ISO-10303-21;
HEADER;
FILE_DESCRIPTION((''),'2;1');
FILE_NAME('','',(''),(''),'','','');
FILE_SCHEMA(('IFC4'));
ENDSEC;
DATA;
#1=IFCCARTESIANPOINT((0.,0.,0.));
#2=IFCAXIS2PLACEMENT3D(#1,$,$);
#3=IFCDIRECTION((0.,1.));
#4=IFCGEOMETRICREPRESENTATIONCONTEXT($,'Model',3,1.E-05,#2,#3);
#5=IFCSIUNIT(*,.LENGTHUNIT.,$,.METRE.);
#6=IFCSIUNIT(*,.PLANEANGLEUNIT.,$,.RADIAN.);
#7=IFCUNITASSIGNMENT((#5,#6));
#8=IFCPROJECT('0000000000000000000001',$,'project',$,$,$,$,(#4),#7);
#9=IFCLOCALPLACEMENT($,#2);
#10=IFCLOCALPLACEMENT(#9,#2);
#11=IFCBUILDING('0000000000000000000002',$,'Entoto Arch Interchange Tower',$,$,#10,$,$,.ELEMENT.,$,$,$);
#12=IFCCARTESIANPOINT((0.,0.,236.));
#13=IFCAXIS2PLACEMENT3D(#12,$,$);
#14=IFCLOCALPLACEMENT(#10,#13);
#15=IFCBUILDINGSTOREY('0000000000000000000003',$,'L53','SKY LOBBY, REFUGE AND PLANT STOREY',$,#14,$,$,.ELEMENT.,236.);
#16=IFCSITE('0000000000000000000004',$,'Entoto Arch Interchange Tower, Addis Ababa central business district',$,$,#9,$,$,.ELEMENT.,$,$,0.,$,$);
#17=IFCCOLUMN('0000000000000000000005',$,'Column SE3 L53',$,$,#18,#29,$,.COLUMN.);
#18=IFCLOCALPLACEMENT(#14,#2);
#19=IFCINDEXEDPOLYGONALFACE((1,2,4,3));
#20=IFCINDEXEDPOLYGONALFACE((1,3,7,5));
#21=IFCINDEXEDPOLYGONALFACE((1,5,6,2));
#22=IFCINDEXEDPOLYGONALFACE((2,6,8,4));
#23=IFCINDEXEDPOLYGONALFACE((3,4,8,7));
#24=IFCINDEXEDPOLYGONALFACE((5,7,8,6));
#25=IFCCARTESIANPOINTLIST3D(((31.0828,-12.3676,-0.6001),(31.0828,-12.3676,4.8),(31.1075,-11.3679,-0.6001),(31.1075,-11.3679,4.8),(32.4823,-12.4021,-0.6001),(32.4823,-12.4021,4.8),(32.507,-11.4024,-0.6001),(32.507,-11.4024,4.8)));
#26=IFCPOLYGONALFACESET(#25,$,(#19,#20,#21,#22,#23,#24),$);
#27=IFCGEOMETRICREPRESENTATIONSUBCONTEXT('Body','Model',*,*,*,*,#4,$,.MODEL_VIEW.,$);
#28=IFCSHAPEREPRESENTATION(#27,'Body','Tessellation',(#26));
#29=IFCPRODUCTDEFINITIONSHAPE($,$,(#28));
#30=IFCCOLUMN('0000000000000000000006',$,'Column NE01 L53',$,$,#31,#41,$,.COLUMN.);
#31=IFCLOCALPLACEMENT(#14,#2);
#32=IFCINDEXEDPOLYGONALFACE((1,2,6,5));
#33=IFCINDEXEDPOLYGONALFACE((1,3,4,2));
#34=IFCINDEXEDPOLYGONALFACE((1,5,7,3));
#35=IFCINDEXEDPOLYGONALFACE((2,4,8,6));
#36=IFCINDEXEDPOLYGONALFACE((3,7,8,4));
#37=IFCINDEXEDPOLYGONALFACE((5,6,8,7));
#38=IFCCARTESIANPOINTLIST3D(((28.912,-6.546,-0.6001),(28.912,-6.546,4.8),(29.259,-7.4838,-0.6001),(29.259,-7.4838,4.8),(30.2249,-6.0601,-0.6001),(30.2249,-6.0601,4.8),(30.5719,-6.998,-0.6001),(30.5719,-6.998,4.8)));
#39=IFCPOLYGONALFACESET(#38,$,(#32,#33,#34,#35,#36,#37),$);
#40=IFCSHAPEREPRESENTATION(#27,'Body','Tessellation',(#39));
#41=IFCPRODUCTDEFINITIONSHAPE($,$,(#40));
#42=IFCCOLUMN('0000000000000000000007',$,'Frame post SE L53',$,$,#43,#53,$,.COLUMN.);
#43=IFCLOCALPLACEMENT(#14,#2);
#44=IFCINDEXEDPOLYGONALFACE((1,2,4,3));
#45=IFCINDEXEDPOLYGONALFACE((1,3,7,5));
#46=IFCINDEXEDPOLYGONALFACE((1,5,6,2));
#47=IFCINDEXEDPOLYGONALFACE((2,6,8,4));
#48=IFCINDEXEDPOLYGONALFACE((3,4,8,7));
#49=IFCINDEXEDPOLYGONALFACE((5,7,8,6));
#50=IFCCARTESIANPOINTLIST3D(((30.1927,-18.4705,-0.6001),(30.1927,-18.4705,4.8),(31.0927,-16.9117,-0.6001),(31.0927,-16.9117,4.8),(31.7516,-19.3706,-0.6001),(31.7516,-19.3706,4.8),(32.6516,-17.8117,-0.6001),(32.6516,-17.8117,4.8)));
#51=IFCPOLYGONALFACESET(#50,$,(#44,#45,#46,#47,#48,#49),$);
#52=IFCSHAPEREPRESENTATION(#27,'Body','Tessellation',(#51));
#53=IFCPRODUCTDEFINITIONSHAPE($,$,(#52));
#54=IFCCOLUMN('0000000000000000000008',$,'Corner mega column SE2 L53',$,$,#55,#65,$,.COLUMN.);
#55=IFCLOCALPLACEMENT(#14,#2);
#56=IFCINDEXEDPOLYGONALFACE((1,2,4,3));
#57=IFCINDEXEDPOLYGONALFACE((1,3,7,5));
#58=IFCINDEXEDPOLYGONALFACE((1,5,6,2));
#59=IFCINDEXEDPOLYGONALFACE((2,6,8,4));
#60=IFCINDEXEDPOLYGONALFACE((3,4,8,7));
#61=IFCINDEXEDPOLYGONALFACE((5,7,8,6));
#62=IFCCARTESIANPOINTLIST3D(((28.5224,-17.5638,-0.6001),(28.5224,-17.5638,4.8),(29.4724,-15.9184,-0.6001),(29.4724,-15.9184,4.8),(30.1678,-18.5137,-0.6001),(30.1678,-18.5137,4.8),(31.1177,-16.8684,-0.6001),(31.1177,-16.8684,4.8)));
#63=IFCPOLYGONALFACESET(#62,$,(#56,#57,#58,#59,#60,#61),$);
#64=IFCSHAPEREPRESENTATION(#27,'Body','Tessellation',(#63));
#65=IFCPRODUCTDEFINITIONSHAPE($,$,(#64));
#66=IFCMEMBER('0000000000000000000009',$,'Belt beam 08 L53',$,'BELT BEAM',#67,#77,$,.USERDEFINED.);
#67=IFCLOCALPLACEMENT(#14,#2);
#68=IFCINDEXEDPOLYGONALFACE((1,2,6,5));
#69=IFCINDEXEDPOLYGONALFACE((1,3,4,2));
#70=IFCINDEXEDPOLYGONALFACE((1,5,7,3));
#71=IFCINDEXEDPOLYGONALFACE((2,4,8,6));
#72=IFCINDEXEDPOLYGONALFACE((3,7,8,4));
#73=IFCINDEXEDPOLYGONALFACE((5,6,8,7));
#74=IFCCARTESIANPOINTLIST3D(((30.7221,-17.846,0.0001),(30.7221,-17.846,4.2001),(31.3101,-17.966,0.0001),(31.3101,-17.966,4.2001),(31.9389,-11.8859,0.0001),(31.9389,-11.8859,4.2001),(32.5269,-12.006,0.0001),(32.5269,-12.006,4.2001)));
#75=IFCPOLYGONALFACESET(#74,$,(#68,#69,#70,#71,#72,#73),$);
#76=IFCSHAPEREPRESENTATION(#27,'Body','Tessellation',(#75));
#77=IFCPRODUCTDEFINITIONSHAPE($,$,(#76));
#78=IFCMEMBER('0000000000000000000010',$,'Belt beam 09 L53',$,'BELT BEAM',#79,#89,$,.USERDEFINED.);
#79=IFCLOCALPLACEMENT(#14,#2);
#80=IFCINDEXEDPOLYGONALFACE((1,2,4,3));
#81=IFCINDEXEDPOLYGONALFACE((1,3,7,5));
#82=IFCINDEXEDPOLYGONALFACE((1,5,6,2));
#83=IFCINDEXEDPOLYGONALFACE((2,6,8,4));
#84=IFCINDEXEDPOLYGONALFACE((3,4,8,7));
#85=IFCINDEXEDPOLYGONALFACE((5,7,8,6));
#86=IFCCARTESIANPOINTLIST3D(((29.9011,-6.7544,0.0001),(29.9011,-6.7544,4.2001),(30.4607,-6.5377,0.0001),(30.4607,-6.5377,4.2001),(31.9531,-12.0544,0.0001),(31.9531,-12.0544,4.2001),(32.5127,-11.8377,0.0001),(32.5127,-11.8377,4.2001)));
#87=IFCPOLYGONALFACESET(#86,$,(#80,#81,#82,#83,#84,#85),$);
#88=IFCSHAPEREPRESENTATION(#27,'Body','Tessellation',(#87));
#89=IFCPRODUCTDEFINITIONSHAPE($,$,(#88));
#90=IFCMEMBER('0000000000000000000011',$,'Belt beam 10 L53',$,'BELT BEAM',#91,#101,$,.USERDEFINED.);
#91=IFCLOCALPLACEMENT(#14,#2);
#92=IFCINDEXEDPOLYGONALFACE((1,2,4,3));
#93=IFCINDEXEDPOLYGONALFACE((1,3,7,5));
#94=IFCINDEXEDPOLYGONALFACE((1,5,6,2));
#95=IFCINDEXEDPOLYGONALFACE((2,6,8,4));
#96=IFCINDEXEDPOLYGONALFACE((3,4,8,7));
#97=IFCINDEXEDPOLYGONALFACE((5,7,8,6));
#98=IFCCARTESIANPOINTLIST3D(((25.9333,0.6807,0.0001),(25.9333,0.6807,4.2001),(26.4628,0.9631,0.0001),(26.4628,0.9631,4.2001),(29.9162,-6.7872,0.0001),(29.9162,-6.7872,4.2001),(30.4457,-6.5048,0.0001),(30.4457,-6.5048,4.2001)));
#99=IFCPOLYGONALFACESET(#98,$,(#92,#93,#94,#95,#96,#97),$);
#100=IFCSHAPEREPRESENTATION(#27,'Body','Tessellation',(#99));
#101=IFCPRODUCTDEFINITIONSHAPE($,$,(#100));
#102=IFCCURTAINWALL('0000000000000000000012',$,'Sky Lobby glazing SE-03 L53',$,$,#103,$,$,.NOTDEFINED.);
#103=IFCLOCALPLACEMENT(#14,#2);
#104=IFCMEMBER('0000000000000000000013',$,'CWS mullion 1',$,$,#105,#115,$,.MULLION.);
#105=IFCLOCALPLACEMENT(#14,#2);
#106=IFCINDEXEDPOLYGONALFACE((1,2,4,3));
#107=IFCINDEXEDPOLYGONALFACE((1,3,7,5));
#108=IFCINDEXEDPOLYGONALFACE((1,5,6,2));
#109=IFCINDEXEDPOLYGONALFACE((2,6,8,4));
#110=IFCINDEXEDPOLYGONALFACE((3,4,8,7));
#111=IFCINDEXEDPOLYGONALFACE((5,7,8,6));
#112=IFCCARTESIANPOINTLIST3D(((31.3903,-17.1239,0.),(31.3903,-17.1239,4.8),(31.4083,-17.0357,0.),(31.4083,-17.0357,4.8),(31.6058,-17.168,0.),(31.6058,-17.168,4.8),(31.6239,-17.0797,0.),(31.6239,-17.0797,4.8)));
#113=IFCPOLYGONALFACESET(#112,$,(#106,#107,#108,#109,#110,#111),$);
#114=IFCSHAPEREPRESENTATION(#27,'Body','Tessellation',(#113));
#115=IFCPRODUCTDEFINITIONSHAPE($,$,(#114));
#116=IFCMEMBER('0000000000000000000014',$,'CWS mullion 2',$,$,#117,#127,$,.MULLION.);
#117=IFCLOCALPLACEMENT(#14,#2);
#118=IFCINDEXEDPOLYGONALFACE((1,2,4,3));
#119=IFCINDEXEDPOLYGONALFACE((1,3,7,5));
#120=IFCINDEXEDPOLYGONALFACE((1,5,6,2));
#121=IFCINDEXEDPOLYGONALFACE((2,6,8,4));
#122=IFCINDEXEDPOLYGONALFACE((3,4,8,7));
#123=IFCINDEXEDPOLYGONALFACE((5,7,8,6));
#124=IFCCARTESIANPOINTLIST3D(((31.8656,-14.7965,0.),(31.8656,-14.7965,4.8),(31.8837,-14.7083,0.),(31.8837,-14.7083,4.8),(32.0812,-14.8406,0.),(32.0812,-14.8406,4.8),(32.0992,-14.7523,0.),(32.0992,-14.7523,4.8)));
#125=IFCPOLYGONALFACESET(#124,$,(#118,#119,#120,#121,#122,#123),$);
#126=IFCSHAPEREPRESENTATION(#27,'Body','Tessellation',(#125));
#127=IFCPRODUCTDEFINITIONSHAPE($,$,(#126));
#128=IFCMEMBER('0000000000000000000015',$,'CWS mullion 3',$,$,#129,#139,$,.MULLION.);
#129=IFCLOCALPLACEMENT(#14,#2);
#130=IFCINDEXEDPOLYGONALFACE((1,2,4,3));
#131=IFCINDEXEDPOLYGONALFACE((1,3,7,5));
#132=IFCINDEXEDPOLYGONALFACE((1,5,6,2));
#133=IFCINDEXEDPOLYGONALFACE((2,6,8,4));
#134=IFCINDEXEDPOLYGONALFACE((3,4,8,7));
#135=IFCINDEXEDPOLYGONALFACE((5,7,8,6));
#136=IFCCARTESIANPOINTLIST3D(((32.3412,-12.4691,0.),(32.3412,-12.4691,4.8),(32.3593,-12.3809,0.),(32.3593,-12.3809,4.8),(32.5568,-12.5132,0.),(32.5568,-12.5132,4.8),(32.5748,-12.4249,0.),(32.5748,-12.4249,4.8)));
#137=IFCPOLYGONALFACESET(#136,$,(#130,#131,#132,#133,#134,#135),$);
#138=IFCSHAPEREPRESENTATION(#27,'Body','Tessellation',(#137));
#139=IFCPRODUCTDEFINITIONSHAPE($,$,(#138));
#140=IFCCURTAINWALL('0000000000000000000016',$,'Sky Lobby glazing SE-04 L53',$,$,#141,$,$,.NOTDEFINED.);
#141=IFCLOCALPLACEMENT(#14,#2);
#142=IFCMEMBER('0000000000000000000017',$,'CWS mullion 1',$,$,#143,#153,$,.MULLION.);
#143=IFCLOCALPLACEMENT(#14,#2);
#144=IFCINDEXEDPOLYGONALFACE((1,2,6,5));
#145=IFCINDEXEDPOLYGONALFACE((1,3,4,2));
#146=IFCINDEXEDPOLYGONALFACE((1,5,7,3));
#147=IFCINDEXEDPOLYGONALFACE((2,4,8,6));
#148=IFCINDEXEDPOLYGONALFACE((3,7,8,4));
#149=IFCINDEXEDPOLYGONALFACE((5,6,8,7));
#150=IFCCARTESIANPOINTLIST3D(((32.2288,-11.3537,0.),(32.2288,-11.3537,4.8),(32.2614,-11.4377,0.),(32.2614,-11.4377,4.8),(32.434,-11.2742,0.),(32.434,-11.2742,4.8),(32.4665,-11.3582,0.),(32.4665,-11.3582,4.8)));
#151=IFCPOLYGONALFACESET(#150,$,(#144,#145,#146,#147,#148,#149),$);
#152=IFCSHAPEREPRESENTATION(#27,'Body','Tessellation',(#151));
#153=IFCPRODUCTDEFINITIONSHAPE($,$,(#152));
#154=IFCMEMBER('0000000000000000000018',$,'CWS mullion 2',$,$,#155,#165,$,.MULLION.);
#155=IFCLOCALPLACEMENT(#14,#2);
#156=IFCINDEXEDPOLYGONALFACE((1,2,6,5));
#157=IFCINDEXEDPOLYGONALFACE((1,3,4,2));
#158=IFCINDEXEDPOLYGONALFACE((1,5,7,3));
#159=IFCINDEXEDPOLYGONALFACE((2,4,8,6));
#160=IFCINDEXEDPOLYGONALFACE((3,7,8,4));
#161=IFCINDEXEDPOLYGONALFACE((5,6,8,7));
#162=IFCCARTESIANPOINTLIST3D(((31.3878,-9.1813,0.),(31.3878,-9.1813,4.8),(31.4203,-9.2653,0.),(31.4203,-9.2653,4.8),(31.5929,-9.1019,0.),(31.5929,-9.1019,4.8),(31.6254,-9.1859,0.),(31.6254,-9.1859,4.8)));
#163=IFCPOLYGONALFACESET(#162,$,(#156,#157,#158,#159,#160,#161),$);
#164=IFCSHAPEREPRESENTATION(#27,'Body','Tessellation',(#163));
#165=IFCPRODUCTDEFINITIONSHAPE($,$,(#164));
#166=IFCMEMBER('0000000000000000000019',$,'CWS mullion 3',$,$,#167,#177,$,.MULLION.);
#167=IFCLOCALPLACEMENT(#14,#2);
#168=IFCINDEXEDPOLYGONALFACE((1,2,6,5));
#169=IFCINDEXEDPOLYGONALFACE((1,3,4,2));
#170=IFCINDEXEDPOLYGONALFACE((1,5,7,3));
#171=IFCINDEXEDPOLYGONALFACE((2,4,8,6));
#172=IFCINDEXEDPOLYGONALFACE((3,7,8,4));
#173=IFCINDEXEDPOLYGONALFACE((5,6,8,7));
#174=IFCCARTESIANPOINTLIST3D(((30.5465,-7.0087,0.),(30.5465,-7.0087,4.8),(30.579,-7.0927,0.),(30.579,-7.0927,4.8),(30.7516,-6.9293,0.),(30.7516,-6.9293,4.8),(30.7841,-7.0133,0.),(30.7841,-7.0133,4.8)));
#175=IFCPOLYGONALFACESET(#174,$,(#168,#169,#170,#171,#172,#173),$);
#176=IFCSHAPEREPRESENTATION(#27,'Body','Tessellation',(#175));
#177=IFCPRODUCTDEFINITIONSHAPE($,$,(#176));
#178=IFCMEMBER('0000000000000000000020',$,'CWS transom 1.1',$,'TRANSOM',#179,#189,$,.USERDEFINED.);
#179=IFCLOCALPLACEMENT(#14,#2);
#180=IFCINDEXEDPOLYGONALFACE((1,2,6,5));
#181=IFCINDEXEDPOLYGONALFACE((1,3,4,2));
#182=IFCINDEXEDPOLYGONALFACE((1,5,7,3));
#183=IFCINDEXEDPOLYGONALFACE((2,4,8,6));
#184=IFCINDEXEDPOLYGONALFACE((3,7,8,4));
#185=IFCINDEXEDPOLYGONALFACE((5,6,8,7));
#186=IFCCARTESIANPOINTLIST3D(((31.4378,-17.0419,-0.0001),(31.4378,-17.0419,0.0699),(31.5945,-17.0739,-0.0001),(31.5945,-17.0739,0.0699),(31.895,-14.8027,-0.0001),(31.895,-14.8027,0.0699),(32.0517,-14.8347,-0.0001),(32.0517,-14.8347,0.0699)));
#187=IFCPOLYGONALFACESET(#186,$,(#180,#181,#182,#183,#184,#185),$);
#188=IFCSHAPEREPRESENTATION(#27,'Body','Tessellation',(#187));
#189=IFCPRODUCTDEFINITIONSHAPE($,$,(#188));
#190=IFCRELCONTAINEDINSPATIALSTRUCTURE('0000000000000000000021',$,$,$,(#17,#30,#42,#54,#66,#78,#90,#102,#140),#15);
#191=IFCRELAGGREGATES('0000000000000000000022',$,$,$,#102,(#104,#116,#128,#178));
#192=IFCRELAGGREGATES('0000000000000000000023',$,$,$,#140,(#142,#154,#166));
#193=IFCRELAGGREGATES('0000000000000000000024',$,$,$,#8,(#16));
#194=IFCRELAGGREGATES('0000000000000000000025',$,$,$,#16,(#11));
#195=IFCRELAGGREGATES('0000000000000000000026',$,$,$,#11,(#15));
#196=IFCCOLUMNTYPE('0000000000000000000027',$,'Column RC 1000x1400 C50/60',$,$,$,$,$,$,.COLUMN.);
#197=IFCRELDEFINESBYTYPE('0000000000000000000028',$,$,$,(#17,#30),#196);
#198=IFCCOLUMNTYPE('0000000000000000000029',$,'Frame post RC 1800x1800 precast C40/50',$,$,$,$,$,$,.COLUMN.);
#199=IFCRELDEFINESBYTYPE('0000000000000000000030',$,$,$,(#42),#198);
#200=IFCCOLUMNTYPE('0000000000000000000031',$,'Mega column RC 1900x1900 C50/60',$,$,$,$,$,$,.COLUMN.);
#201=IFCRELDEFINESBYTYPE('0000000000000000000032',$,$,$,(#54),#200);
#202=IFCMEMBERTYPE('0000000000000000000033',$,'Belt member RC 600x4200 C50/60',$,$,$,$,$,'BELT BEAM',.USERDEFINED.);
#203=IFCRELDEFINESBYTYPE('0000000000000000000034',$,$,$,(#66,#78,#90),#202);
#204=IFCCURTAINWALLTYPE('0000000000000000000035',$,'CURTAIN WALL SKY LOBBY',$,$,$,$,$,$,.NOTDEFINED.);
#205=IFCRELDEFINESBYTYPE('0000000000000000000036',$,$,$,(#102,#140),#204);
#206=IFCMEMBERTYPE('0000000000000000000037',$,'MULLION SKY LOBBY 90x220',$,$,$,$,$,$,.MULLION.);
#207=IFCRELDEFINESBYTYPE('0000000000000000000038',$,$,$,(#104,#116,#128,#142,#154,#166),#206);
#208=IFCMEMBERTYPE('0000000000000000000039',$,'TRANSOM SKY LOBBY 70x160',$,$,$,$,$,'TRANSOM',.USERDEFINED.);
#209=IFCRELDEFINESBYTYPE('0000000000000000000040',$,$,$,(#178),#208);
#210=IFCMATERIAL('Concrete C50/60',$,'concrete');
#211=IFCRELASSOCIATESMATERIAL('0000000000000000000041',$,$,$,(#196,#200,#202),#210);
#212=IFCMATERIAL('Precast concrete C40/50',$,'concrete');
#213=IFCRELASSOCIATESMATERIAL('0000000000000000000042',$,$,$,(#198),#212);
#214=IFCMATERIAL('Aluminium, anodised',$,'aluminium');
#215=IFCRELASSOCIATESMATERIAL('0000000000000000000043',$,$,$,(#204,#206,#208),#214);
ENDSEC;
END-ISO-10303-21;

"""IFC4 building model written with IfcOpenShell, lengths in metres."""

from ifc_helpers import new_model, si_unit, direction, frame, origin, origin_2d, place, context, subcontext, project, spatial, rectangle, extrude, material, material_profile, profile_set, type_object, element, aggregate, save


model = new_model("IFC4")

# Units and contexts
model_context = context("Model", 3, precision=1e-05, world=origin(), true_north=direction((0.0, 1.0)))
body_context = subcontext(model_context, "Body", "Model", "MODEL_VIEW")
ifc_project = project(units=[si_unit("LENGTHUNIT", "METRE"), si_unit("PLANEANGLEUNIT", "RADIAN")], contexts=[model_context])

# Site, building, storey
site_placement = place(None, origin())
site = spatial("IfcSite", under=ifc_project, at=site_placement, Name="Entoto Arch Interchange Tower, Addis Ababa central business district", CompositionType="ELEMENT", RefElevation=0.0)
building_placement = place(site_placement, origin())
building = spatial("IfcBuilding", under=site, at=building_placement, Name="Entoto Arch Interchange Tower", CompositionType="ELEMENT")
storey_placement = place(building_placement, frame((0.0, 0.0, 236.0)))
storey = spatial("IfcBuildingStorey", under=building, at=storey_placement, Name="L53", Description="SKY LOBBY, REFUGE AND PLANT STOREY", CompositionType="ELEMENT", Elevation=236.0)

# Columns
ifc_material_1 = material(Name="Concrete C50/60", Category="concrete")
ifc_material_profile_1 = material_profile(ifc_material_1, rectangle(XDim=1.0, YDim=1.3999, at=origin_2d()))
ifc_profile_set_1 = profile_set([ifc_material_profile_1], Name="Concrete C50/60")
column_type_1 = type_object("IfcColumnType", Name="Column RC 1000x1400 C50/60", PredefinedType="COLUMN", material=ifc_profile_set_1)
for number, where, z_axis, x_axis, name in (
    (1, (31.7949, -11.885, -0.6001), (0.0, 0.0, 1.0), (0.024676, 0.999695, 0.0), "Column SE3 L53"),
    (2, (29.7419, -6.772, -0.6001), (0.0, 0.0, 1.0), (-0.347067, 0.93784, 0.0), "Column NE01 L53"),
):
    element("IfcColumn", number, at=place(storey_placement, frame(where, z_axis=z_axis, x_axis=x_axis)), inside=storey, type_object=column_type_1, Name=name, PredefinedType="COLUMN", context=body_context, shape_type="SweptSolid", body=[
        extrude(rectangle(XDim=1.0, YDim=1.3999, at=origin_2d()), origin(), (0.0, 0.0, 1.0), 5.4001),
    ])
ifc_material_2 = material(Name="Precast concrete C40/50", Category="concrete")
ifc_material_profile_2 = material_profile(ifc_material_2, rectangle(XDim=1.8, YDim=1.8, at=origin_2d()))
ifc_profile_set_2 = profile_set([ifc_material_profile_2], Name="Precast concrete C40/50")
column_type_2 = type_object("IfcColumnType", Name="Frame post RC 1800x1800 precast C40/50", PredefinedType="COLUMN", material=ifc_profile_set_2)
column_1_placement = place(storey_placement, frame((31.4221, -18.1411, -0.6001), z_axis=(0.0, 0.0, 1.0), x_axis=(-0.866025, 0.5, 0.0)))
element("IfcColumn", 3, at=column_1_placement, inside=storey, type_object=column_type_2, Name="Frame post SE L53", PredefinedType="COLUMN", context=body_context, shape_type="SweptSolid", body=[
    extrude(rectangle(XDim=1.8, YDim=1.8, at=origin_2d()), origin(), (0.0, 0.0, 1.0), 5.4001),
])
ifc_material_profile_3 = material_profile(ifc_material_1, rectangle(XDim=1.8999, YDim=1.8999, at=origin_2d()))
ifc_profile_set_3 = profile_set([ifc_material_profile_3], Name="Concrete C50/60")
column_type_3 = type_object("IfcColumnType", Name="Mega column RC 1900x1900 C50/60", PredefinedType="COLUMN", material=ifc_profile_set_3)
column_2_placement = place(storey_placement, frame((29.8201, -17.2161, -0.6001), z_axis=(0.0, 0.0, 1.0), x_axis=(-0.866025, 0.5, 0.0)))
element("IfcColumn", 4, at=column_2_placement, inside=storey, type_object=column_type_3, Name="Corner mega column SE2 L53", PredefinedType="COLUMN", context=body_context, shape_type="SweptSolid", body=[
    extrude(rectangle(XDim=1.8999, YDim=1.8999, at=origin_2d()), origin(), (0.0, 0.0, 1.0), 5.4001),
])

# Members
ifc_material_profile_4 = material_profile(ifc_material_1, rectangle(XDim=0.6001, YDim=4.2, at=origin_2d()))
ifc_profile_set_4 = profile_set([ifc_material_profile_4], Name="Concrete C50/60")
member_type_1 = type_object("IfcMemberType", Name="Belt member RC 600x4200 C50/60", ElementType="BELT BEAM", PredefinedType="USERDEFINED", material=ifc_profile_set_4)
member_1_placement = place(storey_placement, frame((31.0161, -17.906, 2.1001), z_axis=(0.200036, 0.979789, 0.0), x_axis=(-0.979789, 0.200036, 0.0)))
element("IfcMember", 5, at=member_1_placement, inside=storey, type_object=member_type_1, Name="Belt beam 08 L53", ObjectType="BELT BEAM", PredefinedType="USERDEFINED", context=body_context, shape_type="SweptSolid", body=[
    extrude(rectangle(XDim=0.6001, YDim=4.2, at=origin_2d()), origin(), (0.0, 0.0, 1.0), 6.083),
])
member_2_placement = place(storey_placement, frame((32.2329, -11.946, 2.1001), z_axis=(-0.361051, 0.932546, 0.0), x_axis=(-0.932546, -0.361051, 0.0)))
element("IfcMember", 6, at=member_2_placement, inside=storey, type_object=member_type_1, Name="Belt beam 09 L53", ObjectType="BELT BEAM", PredefinedType="USERDEFINED", context=body_context, shape_type="SweptSolid", body=[
    extrude(rectangle(XDim=0.6001, YDim=4.2, at=origin_2d()), origin(), (0.0, 0.0, 1.0), 5.6833),
])
member_3_placement = place(storey_placement, frame((30.1809, -6.646, 2.1001), z_axis=(-0.470585, 0.882355, 0.0), x_axis=(-0.882355, -0.470585, 0.0)))
element("IfcMember", 7, at=member_3_placement, inside=storey, type_object=member_type_1, Name="Belt beam 10 L53", ObjectType="BELT BEAM", PredefinedType="USERDEFINED", context=body_context, shape_type="SweptSolid", body=[
    extrude(rectangle(XDim=0.6001, YDim=4.2, at=origin_2d()), origin(), (0.0, 0.0, 1.0), 8.4636),
])

# Curtain walls, members
ifc_material_3 = material(Name="Aluminium, anodised", Category="aluminium")
curtain_wall_type = type_object("IfcCurtainWallType", Name="CURTAIN WALL SKY LOBBY", PredefinedType="NOTDEFINED", material=ifc_material_3)
curtain_wall_1_placement = place(storey_placement, origin())
curtain_wall_1 = element("IfcCurtainWall", 8, at=curtain_wall_1_placement, inside=storey, type_object=curtain_wall_type, Name="Sky Lobby glazing SE-03 L53", PredefinedType="NOTDEFINED")
ifc_material_profile_5 = material_profile(ifc_material_3, rectangle(XDim=0.22, YDim=0.0901, at=origin_2d()))
ifc_profile_set_5 = profile_set([ifc_material_profile_5], Name="Aluminium, anodised")
member_type_2 = type_object("IfcMemberType", Name="MULLION SKY LOBBY 90x220", PredefinedType="MULLION", material=ifc_profile_set_5)
member_4_placement = place(storey_placement, frame((31.5071, -17.1018, 0.0), z_axis=(0.0, 0.0, 1.0), x_axis=(-0.979762, 0.200166, 0.0)))
member_4 = element("IfcMember", 9, at=member_4_placement, type_object=member_type_2, Name="CWS mullion 1", PredefinedType="MULLION", context=body_context, shape_type="SweptSolid", body=[
    extrude(rectangle(XDim=0.22, YDim=0.0901, at=origin_2d()), origin(), (0.0, 0.0, 1.0), 4.8),
])
member_5_placement = place(storey_placement, frame((31.9824, -14.7744, 0.0), z_axis=(0.0, 0.0, 1.0), x_axis=(-0.979762, 0.200166, 0.0)))
member_5 = element("IfcMember", 10, at=member_5_placement, type_object=member_type_2, Name="CWS mullion 2", PredefinedType="MULLION", context=body_context, shape_type="SweptSolid", body=[
    extrude(rectangle(XDim=0.22, YDim=0.0901, at=origin_2d()), origin(), (0.0, 0.0, 1.0), 4.8),
])
member_6_placement = place(storey_placement, frame((32.458, -12.447, 0.0), z_axis=(0.0, 0.0, 1.0), x_axis=(-0.979762, 0.200166, 0.0)))
member_6 = element("IfcMember", 11, at=member_6_placement, type_object=member_type_2, Name="CWS mullion 3", PredefinedType="MULLION", context=body_context, shape_type="SweptSolid", body=[
    extrude(rectangle(XDim=0.22, YDim=0.0901, at=origin_2d()), origin(), (0.0, 0.0, 1.0), 4.8),
])
curtain_wall_2_placement = place(storey_placement, origin())
curtain_wall_2 = element("IfcCurtainWall", 12, at=curtain_wall_2_placement, inside=storey, type_object=curtain_wall_type, Name="Sky Lobby glazing SE-04 L53", PredefinedType="NOTDEFINED")
member_7_placement = place(storey_placement, frame((32.3477, -11.356, 0.0), z_axis=(0.0, 0.0, 1.0), x_axis=(-0.932529, -0.361095, 0.0)))
member_7 = element("IfcMember", 13, at=member_7_placement, type_object=member_type_2, Name="CWS mullion 1", PredefinedType="MULLION", context=body_context, shape_type="SweptSolid", body=[
    extrude(rectangle(XDim=0.22, YDim=0.0901, at=origin_2d()), origin(), (0.0, 0.0, 1.0), 4.8),
])
member_8_placement = place(storey_placement, frame((31.5066, -9.1836, 0.0), z_axis=(0.0, 0.0, 1.0), x_axis=(-0.932529, -0.361095, 0.0)))
member_8 = element("IfcMember", 14, at=member_8_placement, type_object=member_type_2, Name="CWS mullion 2", PredefinedType="MULLION", context=body_context, shape_type="SweptSolid", body=[
    extrude(rectangle(XDim=0.22, YDim=0.0901, at=origin_2d()), origin(), (0.0, 0.0, 1.0), 4.8),
])
member_9_placement = place(storey_placement, frame((30.6653, -7.011, 0.0), z_axis=(0.0, 0.0, 1.0), x_axis=(-0.932529, -0.361095, 0.0)))
member_9 = element("IfcMember", 15, at=member_9_placement, type_object=member_type_2, Name="CWS mullion 3", PredefinedType="MULLION", context=body_context, shape_type="SweptSolid", body=[
    extrude(rectangle(XDim=0.22, YDim=0.0901, at=origin_2d()), origin(), (0.0, 0.0, 1.0), 4.8),
])

# Member
ifc_material_profile_6 = material_profile(ifc_material_3, rectangle(XDim=0.1599, YDim=0.0701, at=origin_2d()))
ifc_profile_set_6 = profile_set([ifc_material_profile_6], Name="Aluminium, anodised")
member_type_3 = type_object("IfcMemberType", Name="TRANSOM SKY LOBBY 70x160", ElementType="TRANSOM", PredefinedType="USERDEFINED", material=ifc_profile_set_6)
member_10_placement = place(storey_placement, frame((31.5161, -17.0579, 0.0349), z_axis=(0.200079, 0.97978, 0.0), x_axis=(-0.97978, 0.200079, 0.0)))
member_10 = element("IfcMember", 16, at=member_10_placement, type_object=member_type_3, Name="CWS transom 1.1", ObjectType="TRANSOM", PredefinedType="USERDEFINED", context=body_context, shape_type="SweptSolid", body=[
    extrude(rectangle(XDim=0.1599, YDim=0.0701, at=origin_2d()), origin(), (0.0, 0.0, 1.0), 2.2854),
])

aggregate(curtain_wall_1, [member_4, member_5, member_6, member_10])
aggregate(curtain_wall_2, [member_7, member_8, member_9])

save(model, "model.ifc")
